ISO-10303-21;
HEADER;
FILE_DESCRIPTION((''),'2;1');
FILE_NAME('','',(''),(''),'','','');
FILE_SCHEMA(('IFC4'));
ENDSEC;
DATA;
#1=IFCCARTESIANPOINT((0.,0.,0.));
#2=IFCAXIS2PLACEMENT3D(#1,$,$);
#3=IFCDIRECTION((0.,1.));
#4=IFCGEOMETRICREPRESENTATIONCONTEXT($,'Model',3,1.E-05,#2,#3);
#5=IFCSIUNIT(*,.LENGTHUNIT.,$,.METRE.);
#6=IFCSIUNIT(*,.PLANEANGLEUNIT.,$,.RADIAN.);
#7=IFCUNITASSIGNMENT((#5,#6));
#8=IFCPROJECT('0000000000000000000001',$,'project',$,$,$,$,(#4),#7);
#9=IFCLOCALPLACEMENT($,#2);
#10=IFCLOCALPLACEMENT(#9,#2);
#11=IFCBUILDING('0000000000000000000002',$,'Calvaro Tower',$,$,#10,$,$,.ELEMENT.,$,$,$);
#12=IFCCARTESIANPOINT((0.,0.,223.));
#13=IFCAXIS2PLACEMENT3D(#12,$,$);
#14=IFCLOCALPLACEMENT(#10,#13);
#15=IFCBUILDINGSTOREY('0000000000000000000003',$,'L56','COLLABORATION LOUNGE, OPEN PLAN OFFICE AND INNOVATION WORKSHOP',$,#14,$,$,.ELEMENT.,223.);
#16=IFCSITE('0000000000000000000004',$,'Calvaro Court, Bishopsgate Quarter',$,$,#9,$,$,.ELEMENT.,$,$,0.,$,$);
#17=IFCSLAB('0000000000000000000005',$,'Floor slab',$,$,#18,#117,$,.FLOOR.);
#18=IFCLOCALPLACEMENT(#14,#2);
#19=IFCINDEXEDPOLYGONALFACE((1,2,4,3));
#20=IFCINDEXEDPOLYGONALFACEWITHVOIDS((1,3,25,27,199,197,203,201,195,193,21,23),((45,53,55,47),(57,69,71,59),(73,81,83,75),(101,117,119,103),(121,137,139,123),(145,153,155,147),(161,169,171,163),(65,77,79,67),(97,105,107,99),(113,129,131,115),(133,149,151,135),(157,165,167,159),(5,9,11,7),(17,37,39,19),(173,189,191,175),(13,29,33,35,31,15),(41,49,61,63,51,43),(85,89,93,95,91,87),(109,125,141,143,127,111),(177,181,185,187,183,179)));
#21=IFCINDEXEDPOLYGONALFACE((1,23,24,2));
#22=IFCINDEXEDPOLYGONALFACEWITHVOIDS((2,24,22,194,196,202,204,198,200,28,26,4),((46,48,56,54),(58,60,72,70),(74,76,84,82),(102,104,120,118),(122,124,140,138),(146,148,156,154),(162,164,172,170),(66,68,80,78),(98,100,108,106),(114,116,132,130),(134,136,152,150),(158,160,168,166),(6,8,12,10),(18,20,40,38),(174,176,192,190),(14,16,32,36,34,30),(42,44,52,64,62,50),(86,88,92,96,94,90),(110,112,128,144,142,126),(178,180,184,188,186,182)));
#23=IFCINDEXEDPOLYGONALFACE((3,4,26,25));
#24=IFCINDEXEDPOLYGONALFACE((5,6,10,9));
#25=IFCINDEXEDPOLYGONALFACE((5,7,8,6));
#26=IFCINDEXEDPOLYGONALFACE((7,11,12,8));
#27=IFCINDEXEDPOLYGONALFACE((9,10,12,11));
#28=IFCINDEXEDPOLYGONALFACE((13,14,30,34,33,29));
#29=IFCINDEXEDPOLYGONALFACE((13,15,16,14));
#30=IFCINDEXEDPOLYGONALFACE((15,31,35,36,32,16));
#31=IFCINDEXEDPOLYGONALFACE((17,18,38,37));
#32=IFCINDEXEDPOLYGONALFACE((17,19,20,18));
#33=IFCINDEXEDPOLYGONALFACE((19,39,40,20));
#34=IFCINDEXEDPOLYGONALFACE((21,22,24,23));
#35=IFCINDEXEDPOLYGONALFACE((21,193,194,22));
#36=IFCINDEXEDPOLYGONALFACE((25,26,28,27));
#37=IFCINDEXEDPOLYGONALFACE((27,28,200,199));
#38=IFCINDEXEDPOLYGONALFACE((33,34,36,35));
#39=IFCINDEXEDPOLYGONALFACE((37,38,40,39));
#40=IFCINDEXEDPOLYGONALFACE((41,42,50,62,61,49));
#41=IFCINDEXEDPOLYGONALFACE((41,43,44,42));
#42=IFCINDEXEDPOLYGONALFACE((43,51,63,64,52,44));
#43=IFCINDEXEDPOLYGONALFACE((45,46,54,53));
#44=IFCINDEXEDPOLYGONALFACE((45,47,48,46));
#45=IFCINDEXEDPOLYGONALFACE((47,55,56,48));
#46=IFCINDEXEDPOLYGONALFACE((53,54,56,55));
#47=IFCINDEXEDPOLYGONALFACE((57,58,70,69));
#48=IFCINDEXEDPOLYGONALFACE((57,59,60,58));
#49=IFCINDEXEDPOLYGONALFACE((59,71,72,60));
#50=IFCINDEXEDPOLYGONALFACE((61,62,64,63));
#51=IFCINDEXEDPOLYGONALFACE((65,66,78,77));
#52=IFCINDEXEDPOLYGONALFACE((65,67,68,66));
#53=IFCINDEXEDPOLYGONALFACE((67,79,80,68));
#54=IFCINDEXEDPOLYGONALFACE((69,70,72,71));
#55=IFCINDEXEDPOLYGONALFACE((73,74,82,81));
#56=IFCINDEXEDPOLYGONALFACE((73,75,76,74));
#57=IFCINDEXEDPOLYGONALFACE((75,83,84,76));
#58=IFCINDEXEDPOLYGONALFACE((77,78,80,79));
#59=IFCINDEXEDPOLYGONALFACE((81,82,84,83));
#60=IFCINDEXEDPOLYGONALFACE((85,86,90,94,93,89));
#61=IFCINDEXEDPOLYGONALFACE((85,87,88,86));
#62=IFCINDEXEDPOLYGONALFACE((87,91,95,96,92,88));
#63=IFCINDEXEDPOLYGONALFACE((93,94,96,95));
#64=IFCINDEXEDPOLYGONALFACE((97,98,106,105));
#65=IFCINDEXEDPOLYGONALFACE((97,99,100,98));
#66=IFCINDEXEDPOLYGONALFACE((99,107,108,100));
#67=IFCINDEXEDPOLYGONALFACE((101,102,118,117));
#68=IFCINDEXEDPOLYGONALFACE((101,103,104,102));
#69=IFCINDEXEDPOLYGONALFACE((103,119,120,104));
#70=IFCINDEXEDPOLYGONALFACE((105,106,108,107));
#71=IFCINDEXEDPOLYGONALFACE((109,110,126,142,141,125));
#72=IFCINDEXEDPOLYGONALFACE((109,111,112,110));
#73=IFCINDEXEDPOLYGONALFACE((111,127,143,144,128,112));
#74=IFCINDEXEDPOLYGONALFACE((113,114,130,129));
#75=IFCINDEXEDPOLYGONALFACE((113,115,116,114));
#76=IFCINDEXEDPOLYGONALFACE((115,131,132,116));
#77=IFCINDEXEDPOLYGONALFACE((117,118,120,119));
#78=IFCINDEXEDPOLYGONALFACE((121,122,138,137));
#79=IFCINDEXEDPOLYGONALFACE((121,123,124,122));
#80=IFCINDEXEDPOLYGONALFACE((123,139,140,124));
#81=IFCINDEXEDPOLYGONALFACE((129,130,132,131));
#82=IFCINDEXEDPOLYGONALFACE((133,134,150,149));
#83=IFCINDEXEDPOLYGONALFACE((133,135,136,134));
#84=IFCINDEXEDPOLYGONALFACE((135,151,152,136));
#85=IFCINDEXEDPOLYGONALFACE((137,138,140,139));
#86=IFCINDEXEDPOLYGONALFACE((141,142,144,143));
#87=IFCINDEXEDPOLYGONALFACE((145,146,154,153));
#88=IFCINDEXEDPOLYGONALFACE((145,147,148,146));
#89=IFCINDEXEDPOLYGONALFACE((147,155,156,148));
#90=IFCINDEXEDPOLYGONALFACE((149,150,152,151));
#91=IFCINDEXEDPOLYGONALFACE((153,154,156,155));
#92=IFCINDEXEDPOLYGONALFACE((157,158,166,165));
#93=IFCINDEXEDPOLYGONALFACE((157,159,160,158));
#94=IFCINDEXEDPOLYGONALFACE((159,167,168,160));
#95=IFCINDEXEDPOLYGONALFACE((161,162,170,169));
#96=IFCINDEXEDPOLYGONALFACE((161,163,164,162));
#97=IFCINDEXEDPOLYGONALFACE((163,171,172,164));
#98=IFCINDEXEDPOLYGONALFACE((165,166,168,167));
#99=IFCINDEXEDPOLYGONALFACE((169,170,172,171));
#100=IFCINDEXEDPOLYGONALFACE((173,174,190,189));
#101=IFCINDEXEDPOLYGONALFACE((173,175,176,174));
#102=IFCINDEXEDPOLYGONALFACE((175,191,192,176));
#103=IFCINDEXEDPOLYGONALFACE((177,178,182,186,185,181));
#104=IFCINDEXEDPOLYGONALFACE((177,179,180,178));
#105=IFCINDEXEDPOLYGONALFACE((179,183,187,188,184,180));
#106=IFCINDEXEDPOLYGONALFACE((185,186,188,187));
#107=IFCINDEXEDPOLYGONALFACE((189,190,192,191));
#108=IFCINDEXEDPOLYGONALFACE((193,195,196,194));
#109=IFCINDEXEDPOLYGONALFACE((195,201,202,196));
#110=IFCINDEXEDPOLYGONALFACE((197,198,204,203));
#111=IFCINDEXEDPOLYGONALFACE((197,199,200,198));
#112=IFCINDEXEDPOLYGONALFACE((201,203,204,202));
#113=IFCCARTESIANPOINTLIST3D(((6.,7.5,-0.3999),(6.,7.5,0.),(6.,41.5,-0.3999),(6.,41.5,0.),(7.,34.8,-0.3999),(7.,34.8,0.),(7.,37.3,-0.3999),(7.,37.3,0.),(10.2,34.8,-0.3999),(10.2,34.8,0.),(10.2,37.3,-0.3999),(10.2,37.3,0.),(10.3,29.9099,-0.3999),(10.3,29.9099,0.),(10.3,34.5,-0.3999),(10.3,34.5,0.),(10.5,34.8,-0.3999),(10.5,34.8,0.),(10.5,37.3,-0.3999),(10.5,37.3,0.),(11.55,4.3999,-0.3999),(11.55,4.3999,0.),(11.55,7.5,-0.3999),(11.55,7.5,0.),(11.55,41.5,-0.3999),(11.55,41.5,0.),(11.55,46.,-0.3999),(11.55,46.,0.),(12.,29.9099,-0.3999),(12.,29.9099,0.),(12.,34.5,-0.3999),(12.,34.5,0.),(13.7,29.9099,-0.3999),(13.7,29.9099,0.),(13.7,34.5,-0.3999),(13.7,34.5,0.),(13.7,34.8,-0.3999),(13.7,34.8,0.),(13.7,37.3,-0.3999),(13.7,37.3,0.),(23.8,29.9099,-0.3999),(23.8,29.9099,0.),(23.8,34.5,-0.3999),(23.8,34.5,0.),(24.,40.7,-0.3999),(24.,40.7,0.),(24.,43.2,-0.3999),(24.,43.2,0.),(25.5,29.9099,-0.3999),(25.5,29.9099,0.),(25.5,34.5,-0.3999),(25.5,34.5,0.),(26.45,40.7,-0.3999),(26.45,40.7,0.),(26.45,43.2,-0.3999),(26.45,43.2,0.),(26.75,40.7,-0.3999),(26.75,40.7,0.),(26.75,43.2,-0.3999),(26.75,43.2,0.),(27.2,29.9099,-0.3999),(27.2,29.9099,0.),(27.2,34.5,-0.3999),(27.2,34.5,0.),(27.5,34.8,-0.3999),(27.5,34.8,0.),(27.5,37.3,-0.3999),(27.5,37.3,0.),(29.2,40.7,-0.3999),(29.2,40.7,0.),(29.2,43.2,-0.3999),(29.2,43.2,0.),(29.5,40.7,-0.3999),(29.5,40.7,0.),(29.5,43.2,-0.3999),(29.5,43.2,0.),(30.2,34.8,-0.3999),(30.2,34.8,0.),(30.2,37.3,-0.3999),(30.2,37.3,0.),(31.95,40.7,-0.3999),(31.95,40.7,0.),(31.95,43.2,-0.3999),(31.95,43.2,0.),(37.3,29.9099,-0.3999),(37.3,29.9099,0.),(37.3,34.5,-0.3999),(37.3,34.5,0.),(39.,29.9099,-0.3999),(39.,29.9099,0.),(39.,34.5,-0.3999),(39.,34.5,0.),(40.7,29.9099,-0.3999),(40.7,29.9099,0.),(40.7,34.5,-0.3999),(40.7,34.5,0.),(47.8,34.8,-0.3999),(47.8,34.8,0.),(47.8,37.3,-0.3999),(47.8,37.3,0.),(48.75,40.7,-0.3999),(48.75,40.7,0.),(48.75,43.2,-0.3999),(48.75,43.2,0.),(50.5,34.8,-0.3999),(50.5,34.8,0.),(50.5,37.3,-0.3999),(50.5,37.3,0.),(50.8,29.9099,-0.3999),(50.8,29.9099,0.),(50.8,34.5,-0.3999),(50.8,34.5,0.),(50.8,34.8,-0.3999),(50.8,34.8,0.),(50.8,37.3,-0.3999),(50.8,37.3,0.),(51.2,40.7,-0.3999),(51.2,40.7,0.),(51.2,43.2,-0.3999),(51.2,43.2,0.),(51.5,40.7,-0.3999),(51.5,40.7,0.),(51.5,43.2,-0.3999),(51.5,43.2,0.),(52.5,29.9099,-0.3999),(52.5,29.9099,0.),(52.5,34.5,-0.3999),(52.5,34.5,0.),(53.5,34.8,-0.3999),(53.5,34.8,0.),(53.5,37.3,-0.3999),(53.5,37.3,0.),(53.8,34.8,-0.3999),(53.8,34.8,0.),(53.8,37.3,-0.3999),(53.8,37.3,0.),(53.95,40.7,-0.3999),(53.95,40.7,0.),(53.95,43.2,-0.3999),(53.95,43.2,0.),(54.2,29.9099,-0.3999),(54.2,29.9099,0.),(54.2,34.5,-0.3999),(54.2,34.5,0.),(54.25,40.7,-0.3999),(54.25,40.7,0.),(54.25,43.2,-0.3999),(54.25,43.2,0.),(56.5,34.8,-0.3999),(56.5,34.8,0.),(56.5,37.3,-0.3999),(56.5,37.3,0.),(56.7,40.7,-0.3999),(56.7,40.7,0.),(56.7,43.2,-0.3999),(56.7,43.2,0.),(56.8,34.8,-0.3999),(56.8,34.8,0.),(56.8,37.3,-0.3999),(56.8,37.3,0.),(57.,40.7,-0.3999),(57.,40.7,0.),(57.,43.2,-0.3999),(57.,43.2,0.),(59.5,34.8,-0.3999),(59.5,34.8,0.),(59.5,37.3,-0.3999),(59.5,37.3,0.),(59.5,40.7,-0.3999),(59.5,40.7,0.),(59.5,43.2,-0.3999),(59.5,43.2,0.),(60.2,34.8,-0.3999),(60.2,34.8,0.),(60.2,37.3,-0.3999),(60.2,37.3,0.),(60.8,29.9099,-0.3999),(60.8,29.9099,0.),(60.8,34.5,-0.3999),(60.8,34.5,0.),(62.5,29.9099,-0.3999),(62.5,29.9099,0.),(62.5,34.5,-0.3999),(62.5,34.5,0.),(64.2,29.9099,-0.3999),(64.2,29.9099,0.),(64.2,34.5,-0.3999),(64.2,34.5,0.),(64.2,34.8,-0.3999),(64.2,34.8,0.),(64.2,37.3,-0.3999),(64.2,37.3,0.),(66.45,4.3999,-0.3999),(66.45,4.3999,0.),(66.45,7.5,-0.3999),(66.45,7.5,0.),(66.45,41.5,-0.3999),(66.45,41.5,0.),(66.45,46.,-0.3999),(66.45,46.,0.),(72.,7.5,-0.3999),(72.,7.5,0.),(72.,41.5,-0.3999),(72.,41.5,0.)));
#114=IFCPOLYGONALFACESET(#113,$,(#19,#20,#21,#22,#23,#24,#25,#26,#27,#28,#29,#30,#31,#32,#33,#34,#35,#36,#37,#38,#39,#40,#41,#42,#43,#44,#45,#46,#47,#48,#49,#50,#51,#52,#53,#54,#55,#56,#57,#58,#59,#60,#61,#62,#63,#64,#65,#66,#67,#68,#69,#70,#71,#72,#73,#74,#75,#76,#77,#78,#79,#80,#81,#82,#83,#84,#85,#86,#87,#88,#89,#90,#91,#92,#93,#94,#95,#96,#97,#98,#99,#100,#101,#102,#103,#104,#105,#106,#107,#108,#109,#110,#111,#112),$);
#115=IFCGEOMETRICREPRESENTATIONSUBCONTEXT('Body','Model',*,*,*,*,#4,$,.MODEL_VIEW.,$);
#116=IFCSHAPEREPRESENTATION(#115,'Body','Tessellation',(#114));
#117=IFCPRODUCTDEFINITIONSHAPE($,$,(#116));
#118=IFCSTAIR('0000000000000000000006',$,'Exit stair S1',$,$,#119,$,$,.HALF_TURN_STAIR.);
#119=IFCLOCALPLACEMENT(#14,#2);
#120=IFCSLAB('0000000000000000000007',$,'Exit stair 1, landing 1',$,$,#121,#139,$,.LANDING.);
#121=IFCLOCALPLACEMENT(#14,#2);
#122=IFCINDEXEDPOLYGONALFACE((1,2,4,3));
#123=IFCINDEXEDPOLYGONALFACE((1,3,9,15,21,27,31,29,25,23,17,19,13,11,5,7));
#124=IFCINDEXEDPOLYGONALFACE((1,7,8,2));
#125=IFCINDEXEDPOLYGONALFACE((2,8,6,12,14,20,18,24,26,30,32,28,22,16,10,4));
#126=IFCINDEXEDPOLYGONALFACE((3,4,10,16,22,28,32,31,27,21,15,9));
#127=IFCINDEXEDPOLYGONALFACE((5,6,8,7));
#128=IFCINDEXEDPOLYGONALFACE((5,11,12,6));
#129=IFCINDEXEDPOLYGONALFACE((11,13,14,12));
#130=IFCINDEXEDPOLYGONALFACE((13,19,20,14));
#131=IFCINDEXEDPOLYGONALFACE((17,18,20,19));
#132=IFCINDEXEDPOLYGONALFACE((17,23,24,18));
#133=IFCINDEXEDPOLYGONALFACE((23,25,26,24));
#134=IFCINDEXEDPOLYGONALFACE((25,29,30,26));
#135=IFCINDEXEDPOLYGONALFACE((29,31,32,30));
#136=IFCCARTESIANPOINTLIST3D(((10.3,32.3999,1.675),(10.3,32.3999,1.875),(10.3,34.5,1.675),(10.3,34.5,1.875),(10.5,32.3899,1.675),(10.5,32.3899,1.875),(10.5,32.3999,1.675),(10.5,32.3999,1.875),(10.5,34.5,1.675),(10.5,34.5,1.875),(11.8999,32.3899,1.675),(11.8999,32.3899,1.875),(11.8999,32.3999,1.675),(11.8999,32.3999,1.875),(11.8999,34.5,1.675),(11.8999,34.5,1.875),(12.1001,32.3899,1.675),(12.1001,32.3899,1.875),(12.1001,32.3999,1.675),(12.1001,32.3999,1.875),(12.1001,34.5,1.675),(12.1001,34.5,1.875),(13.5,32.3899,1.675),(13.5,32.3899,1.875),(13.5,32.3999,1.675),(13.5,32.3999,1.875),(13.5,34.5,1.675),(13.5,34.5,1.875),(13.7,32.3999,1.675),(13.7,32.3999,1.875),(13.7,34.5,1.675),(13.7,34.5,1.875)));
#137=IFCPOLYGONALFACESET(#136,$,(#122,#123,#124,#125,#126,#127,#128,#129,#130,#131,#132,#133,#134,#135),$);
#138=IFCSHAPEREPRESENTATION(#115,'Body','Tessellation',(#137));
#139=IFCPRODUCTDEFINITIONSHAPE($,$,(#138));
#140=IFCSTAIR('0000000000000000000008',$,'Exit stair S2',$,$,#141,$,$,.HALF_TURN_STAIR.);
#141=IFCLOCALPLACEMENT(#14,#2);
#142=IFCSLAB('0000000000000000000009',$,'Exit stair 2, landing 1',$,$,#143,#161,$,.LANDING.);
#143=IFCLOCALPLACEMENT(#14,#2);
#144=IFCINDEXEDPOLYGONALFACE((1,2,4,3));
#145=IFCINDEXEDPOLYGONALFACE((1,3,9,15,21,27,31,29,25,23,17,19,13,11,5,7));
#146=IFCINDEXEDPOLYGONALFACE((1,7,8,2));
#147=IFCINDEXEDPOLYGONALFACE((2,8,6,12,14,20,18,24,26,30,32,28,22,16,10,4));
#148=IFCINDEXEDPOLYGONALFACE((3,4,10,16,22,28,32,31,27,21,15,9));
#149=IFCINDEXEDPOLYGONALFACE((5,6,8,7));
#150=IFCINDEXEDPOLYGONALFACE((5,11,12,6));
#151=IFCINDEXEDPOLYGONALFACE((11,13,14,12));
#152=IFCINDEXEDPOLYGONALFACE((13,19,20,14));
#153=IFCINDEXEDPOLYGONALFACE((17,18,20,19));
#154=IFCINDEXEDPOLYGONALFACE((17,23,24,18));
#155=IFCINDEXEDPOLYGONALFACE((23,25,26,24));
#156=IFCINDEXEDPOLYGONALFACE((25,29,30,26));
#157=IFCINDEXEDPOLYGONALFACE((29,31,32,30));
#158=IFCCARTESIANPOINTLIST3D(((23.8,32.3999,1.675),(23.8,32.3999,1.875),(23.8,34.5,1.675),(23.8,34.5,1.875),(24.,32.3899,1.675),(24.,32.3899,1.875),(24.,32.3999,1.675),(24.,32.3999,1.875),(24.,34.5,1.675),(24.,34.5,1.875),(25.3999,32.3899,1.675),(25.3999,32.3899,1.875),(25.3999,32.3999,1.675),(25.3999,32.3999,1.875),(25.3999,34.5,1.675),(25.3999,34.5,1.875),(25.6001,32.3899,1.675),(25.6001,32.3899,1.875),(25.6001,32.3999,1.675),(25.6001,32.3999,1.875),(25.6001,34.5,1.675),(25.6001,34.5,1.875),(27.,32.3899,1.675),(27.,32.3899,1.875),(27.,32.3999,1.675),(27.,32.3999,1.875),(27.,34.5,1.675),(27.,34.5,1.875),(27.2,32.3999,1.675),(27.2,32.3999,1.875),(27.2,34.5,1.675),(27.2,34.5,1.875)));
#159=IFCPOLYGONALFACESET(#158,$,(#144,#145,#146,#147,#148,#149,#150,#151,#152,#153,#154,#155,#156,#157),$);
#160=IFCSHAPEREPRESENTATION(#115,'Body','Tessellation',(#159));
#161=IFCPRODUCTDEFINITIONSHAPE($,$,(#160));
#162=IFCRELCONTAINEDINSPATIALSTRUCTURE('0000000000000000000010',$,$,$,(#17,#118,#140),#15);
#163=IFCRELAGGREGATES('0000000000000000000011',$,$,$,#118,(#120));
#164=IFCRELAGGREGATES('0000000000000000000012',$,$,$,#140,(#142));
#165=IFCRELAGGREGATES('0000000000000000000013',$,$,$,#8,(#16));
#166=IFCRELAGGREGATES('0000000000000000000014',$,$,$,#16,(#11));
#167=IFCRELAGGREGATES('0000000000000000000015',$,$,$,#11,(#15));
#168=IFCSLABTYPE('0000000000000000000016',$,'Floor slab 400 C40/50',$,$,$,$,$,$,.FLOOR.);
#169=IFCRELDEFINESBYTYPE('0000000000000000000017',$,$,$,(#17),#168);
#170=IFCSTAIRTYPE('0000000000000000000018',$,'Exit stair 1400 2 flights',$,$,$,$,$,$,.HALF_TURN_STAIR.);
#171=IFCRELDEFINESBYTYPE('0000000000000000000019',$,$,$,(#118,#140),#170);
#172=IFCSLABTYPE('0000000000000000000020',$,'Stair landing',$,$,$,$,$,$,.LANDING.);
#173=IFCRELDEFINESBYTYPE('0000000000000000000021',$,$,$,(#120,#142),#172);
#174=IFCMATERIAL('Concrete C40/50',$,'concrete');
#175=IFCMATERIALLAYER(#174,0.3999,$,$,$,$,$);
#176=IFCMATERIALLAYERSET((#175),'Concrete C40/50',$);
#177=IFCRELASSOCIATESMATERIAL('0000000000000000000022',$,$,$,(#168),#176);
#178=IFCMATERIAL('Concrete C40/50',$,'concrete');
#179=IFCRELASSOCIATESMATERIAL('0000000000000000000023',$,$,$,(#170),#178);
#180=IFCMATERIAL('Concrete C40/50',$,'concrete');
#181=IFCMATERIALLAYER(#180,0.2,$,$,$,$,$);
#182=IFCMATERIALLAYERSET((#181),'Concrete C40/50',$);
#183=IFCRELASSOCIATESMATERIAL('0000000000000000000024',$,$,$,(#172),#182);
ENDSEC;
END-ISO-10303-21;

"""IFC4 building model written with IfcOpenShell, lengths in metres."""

from ifc_helpers import new_model, si_unit, direction, frame, origin, place, context, subcontext, project, spatial, polyline, outline, extrude, material, layer, layer_set, type_object, element, aggregate, save


model = new_model("IFC4")

# Units and contexts
model_context = context("Model", 3, precision=1e-05, world=origin(), true_north=direction((0.0, 1.0)))
body_context = subcontext(model_context, "Body", "Model", "MODEL_VIEW")
ifc_project = project(units=[si_unit("LENGTHUNIT", "METRE"), si_unit("PLANEANGLEUNIT", "RADIAN")], contexts=[model_context])

# Site, building, storey
site_placement = place(None, origin())
site = spatial("IfcSite", under=ifc_project, at=site_placement, Name="Calvaro Court, Bishopsgate Quarter", CompositionType="ELEMENT", RefElevation=0.0)
building_placement = place(site_placement, origin())
building = spatial("IfcBuilding", under=site, at=building_placement, Name="Calvaro Tower", CompositionType="ELEMENT")
storey_placement = place(building_placement, frame((0.0, 0.0, 223.0)))
storey = spatial("IfcBuildingStorey", under=building, at=storey_placement, Name="L56", Description="COLLABORATION LOUNGE, OPEN PLAN OFFICE AND INNOVATION WORKSHOP", CompositionType="ELEMENT", Elevation=223.0)

# Slab
ifc_material_1 = material(Name="Concrete C40/50", Category="concrete")
ifc_layer_1 = layer(ifc_material_1, 0.3999)
ifc_layer_set_1 = layer_set([ifc_layer_1], Name="Concrete C40/50")
slab_type_1 = type_object("IfcSlabType", Name="Floor slab 400 C40/50", PredefinedType="FLOOR", material=ifc_layer_set_1)
slab_1_placement = place(storey_placement, frame((0.0, 0.0, -0.3999)))
element("IfcSlab", 1, at=slab_1_placement, inside=storey, type_object=slab_type_1, Name="Floor slab", PredefinedType="FLOOR", context=body_context, shape_type="SweptSolid", body=[
    extrude(outline(polyline([(66.45, 7.5), (66.45, 4.3999), (11.55, 4.3999), (11.55, 7.5), (6.0, 7.5), (6.0, 41.5), (11.55, 41.5), (11.55, 46.0), (66.45, 46.0), (66.45, 41.5), (72.0, 41.5), (72.0, 7.5), (66.45, 7.5)]), holes=[polyline([(10.3, 29.9099), (10.3, 34.5), (12.0, 34.5), (13.7, 34.5), (13.7, 29.9099), (12.0, 29.9099), (10.3, 29.9099)]), polyline([(23.8, 29.9099), (23.8, 34.5), (25.5, 34.5), (27.2, 34.5), (27.2, 29.9099), (25.5, 29.9099), (23.8, 29.9099)]), polyline([(37.3, 29.9099), (37.3, 34.5), (39.0, 34.5), (40.7, 34.5), (40.7, 29.9099), (39.0, 29.9099), (37.3, 29.9099)]), polyline([(50.8, 29.9099), (50.8, 34.5), (52.5, 34.5), (54.2, 34.5), (54.2, 29.9099), (52.5, 29.9099), (50.8, 29.9099)]), polyline([(60.8, 29.9099), (60.8, 34.5), (62.5, 34.5), (64.2, 34.5), (64.2, 29.9099), (62.5, 29.9099), (60.8, 29.9099)]), polyline([(50.8, 34.8), (53.5, 34.8), (53.5, 37.3), (50.8, 37.3), (50.8, 34.8)]), polyline([(53.8, 34.8), (56.5, 34.8), (56.5, 37.3), (53.8, 37.3), (53.8, 34.8)]), polyline([(56.8, 34.8), (59.5, 34.8), (59.5, 37.3), (56.8, 37.3), (56.8, 34.8)]), polyline([(24.0, 40.7), (26.45, 40.7), (26.45, 43.2), (24.0, 43.2), (24.0, 40.7)]), polyline([(26.75, 40.7), (29.2, 40.7), (29.2, 43.2), (26.75, 43.2), (26.75, 40.7)]), polyline([(29.5, 40.7), (31.95, 40.7), (31.95, 43.2), (29.5, 43.2), (29.5, 40.7)]), polyline([(48.75, 40.7), (51.2, 40.7), (51.2, 43.2), (48.75, 43.2), (48.75, 40.7)]), polyline([(51.5, 40.7), (53.95, 40.7), (53.95, 43.2), (51.5, 43.2), (51.5, 40.7)]), polyline([(54.25, 40.7), (56.7, 40.7), (56.7, 43.2), (54.25, 43.2), (54.25, 40.7)]), polyline([(57.0, 40.7), (59.5, 40.7), (59.5, 43.2), (57.0, 43.2), (57.0, 40.7)]), polyline([(7.0, 34.8), (10.2, 34.8), (10.2, 37.3), (7.0, 37.3), (7.0, 34.8)]), polyline([(10.5, 34.8), (13.7, 34.8), (13.7, 37.3), (10.5, 37.3), (10.5, 34.8)]), polyline([(60.2, 34.8), (64.2, 34.8), (64.2, 37.3), (60.2, 37.3), (60.2, 34.8)]), polyline([(27.5, 34.8), (30.2, 34.8), (30.2, 37.3), (27.5, 37.3), (27.5, 34.8)]), polyline([(47.8, 34.8), (50.5, 34.8), (50.5, 37.3), (47.8, 37.3), (47.8, 34.8)])]), origin(), (0.0, 0.0, 1.0), 0.3999),
])

# Stairs, slabs
ifc_material_2 = material(Name="Concrete C40/50", Category="concrete")
stair_type = type_object("IfcStairType", Name="Exit stair 1400 2 flights", PredefinedType="HALF_TURN_STAIR", material=ifc_material_2)
stair_1_placement = place(storey_placement, origin())
stair_1 = element("IfcStair", 2, at=stair_1_placement, inside=storey, type_object=stair_type, Name="Exit stair S1", PredefinedType="HALF_TURN_STAIR")
ifc_material_3 = material(Name="Concrete C40/50", Category="concrete")
ifc_layer_2 = layer(ifc_material_3, 0.2)
ifc_layer_set_2 = layer_set([ifc_layer_2], Name="Concrete C40/50")
slab_type_2 = type_object("IfcSlabType", Name="Stair landing", PredefinedType="LANDING", material=ifc_layer_set_2)
slab_2_placement = place(storey_placement, frame((0.0, 0.0, 1.675)))
slab_2 = element("IfcSlab", 3, at=slab_2_placement, type_object=slab_type_2, Name="Exit stair 1, landing 1", PredefinedType="LANDING", context=body_context, shape_type="SweptSolid", body=[
    extrude(outline(polyline([(11.8999, 32.3899), (10.5, 32.3899), (10.5, 32.3999), (10.3, 32.3999), (10.3, 34.5), (10.5, 34.5), (11.8999, 34.5), (12.1001, 34.5), (13.5, 34.5), (13.7, 34.5), (13.7, 32.3999), (13.5, 32.3999), (13.5, 32.3899), (12.1001, 32.3899), (12.1001, 32.3999), (11.8999, 32.3999), (11.8999, 32.3899)])), origin(), (0.0, 0.0, 1.0), 0.2),
])
aggregate(stair_1, [slab_2])
stair_2_placement = place(storey_placement, origin())
stair_2 = element("IfcStair", 4, at=stair_2_placement, inside=storey, type_object=stair_type, Name="Exit stair S2", PredefinedType="HALF_TURN_STAIR")
slab_3_placement = place(storey_placement, frame((0.0, 0.0, 1.675)))
slab_3 = element("IfcSlab", 5, at=slab_3_placement, type_object=slab_type_2, Name="Exit stair 2, landing 1", PredefinedType="LANDING", context=body_context, shape_type="SweptSolid", body=[
    extrude(outline(polyline([(25.3999, 32.3899), (24.0, 32.3899), (24.0, 32.3999), (23.8, 32.3999), (23.8, 34.5), (24.0, 34.5), (25.3999, 34.5), (25.6001, 34.5), (27.0, 34.5), (27.2, 34.5), (27.2, 32.3999), (27.0, 32.3999), (27.0, 32.3899), (25.6001, 32.3899), (25.6001, 32.3999), (25.3999, 32.3999), (25.3999, 32.3899)])), origin(), (0.0, 0.0, 1.0), 0.2),
])
aggregate(stair_2, [slab_3])

save(model, "model.ifc")
